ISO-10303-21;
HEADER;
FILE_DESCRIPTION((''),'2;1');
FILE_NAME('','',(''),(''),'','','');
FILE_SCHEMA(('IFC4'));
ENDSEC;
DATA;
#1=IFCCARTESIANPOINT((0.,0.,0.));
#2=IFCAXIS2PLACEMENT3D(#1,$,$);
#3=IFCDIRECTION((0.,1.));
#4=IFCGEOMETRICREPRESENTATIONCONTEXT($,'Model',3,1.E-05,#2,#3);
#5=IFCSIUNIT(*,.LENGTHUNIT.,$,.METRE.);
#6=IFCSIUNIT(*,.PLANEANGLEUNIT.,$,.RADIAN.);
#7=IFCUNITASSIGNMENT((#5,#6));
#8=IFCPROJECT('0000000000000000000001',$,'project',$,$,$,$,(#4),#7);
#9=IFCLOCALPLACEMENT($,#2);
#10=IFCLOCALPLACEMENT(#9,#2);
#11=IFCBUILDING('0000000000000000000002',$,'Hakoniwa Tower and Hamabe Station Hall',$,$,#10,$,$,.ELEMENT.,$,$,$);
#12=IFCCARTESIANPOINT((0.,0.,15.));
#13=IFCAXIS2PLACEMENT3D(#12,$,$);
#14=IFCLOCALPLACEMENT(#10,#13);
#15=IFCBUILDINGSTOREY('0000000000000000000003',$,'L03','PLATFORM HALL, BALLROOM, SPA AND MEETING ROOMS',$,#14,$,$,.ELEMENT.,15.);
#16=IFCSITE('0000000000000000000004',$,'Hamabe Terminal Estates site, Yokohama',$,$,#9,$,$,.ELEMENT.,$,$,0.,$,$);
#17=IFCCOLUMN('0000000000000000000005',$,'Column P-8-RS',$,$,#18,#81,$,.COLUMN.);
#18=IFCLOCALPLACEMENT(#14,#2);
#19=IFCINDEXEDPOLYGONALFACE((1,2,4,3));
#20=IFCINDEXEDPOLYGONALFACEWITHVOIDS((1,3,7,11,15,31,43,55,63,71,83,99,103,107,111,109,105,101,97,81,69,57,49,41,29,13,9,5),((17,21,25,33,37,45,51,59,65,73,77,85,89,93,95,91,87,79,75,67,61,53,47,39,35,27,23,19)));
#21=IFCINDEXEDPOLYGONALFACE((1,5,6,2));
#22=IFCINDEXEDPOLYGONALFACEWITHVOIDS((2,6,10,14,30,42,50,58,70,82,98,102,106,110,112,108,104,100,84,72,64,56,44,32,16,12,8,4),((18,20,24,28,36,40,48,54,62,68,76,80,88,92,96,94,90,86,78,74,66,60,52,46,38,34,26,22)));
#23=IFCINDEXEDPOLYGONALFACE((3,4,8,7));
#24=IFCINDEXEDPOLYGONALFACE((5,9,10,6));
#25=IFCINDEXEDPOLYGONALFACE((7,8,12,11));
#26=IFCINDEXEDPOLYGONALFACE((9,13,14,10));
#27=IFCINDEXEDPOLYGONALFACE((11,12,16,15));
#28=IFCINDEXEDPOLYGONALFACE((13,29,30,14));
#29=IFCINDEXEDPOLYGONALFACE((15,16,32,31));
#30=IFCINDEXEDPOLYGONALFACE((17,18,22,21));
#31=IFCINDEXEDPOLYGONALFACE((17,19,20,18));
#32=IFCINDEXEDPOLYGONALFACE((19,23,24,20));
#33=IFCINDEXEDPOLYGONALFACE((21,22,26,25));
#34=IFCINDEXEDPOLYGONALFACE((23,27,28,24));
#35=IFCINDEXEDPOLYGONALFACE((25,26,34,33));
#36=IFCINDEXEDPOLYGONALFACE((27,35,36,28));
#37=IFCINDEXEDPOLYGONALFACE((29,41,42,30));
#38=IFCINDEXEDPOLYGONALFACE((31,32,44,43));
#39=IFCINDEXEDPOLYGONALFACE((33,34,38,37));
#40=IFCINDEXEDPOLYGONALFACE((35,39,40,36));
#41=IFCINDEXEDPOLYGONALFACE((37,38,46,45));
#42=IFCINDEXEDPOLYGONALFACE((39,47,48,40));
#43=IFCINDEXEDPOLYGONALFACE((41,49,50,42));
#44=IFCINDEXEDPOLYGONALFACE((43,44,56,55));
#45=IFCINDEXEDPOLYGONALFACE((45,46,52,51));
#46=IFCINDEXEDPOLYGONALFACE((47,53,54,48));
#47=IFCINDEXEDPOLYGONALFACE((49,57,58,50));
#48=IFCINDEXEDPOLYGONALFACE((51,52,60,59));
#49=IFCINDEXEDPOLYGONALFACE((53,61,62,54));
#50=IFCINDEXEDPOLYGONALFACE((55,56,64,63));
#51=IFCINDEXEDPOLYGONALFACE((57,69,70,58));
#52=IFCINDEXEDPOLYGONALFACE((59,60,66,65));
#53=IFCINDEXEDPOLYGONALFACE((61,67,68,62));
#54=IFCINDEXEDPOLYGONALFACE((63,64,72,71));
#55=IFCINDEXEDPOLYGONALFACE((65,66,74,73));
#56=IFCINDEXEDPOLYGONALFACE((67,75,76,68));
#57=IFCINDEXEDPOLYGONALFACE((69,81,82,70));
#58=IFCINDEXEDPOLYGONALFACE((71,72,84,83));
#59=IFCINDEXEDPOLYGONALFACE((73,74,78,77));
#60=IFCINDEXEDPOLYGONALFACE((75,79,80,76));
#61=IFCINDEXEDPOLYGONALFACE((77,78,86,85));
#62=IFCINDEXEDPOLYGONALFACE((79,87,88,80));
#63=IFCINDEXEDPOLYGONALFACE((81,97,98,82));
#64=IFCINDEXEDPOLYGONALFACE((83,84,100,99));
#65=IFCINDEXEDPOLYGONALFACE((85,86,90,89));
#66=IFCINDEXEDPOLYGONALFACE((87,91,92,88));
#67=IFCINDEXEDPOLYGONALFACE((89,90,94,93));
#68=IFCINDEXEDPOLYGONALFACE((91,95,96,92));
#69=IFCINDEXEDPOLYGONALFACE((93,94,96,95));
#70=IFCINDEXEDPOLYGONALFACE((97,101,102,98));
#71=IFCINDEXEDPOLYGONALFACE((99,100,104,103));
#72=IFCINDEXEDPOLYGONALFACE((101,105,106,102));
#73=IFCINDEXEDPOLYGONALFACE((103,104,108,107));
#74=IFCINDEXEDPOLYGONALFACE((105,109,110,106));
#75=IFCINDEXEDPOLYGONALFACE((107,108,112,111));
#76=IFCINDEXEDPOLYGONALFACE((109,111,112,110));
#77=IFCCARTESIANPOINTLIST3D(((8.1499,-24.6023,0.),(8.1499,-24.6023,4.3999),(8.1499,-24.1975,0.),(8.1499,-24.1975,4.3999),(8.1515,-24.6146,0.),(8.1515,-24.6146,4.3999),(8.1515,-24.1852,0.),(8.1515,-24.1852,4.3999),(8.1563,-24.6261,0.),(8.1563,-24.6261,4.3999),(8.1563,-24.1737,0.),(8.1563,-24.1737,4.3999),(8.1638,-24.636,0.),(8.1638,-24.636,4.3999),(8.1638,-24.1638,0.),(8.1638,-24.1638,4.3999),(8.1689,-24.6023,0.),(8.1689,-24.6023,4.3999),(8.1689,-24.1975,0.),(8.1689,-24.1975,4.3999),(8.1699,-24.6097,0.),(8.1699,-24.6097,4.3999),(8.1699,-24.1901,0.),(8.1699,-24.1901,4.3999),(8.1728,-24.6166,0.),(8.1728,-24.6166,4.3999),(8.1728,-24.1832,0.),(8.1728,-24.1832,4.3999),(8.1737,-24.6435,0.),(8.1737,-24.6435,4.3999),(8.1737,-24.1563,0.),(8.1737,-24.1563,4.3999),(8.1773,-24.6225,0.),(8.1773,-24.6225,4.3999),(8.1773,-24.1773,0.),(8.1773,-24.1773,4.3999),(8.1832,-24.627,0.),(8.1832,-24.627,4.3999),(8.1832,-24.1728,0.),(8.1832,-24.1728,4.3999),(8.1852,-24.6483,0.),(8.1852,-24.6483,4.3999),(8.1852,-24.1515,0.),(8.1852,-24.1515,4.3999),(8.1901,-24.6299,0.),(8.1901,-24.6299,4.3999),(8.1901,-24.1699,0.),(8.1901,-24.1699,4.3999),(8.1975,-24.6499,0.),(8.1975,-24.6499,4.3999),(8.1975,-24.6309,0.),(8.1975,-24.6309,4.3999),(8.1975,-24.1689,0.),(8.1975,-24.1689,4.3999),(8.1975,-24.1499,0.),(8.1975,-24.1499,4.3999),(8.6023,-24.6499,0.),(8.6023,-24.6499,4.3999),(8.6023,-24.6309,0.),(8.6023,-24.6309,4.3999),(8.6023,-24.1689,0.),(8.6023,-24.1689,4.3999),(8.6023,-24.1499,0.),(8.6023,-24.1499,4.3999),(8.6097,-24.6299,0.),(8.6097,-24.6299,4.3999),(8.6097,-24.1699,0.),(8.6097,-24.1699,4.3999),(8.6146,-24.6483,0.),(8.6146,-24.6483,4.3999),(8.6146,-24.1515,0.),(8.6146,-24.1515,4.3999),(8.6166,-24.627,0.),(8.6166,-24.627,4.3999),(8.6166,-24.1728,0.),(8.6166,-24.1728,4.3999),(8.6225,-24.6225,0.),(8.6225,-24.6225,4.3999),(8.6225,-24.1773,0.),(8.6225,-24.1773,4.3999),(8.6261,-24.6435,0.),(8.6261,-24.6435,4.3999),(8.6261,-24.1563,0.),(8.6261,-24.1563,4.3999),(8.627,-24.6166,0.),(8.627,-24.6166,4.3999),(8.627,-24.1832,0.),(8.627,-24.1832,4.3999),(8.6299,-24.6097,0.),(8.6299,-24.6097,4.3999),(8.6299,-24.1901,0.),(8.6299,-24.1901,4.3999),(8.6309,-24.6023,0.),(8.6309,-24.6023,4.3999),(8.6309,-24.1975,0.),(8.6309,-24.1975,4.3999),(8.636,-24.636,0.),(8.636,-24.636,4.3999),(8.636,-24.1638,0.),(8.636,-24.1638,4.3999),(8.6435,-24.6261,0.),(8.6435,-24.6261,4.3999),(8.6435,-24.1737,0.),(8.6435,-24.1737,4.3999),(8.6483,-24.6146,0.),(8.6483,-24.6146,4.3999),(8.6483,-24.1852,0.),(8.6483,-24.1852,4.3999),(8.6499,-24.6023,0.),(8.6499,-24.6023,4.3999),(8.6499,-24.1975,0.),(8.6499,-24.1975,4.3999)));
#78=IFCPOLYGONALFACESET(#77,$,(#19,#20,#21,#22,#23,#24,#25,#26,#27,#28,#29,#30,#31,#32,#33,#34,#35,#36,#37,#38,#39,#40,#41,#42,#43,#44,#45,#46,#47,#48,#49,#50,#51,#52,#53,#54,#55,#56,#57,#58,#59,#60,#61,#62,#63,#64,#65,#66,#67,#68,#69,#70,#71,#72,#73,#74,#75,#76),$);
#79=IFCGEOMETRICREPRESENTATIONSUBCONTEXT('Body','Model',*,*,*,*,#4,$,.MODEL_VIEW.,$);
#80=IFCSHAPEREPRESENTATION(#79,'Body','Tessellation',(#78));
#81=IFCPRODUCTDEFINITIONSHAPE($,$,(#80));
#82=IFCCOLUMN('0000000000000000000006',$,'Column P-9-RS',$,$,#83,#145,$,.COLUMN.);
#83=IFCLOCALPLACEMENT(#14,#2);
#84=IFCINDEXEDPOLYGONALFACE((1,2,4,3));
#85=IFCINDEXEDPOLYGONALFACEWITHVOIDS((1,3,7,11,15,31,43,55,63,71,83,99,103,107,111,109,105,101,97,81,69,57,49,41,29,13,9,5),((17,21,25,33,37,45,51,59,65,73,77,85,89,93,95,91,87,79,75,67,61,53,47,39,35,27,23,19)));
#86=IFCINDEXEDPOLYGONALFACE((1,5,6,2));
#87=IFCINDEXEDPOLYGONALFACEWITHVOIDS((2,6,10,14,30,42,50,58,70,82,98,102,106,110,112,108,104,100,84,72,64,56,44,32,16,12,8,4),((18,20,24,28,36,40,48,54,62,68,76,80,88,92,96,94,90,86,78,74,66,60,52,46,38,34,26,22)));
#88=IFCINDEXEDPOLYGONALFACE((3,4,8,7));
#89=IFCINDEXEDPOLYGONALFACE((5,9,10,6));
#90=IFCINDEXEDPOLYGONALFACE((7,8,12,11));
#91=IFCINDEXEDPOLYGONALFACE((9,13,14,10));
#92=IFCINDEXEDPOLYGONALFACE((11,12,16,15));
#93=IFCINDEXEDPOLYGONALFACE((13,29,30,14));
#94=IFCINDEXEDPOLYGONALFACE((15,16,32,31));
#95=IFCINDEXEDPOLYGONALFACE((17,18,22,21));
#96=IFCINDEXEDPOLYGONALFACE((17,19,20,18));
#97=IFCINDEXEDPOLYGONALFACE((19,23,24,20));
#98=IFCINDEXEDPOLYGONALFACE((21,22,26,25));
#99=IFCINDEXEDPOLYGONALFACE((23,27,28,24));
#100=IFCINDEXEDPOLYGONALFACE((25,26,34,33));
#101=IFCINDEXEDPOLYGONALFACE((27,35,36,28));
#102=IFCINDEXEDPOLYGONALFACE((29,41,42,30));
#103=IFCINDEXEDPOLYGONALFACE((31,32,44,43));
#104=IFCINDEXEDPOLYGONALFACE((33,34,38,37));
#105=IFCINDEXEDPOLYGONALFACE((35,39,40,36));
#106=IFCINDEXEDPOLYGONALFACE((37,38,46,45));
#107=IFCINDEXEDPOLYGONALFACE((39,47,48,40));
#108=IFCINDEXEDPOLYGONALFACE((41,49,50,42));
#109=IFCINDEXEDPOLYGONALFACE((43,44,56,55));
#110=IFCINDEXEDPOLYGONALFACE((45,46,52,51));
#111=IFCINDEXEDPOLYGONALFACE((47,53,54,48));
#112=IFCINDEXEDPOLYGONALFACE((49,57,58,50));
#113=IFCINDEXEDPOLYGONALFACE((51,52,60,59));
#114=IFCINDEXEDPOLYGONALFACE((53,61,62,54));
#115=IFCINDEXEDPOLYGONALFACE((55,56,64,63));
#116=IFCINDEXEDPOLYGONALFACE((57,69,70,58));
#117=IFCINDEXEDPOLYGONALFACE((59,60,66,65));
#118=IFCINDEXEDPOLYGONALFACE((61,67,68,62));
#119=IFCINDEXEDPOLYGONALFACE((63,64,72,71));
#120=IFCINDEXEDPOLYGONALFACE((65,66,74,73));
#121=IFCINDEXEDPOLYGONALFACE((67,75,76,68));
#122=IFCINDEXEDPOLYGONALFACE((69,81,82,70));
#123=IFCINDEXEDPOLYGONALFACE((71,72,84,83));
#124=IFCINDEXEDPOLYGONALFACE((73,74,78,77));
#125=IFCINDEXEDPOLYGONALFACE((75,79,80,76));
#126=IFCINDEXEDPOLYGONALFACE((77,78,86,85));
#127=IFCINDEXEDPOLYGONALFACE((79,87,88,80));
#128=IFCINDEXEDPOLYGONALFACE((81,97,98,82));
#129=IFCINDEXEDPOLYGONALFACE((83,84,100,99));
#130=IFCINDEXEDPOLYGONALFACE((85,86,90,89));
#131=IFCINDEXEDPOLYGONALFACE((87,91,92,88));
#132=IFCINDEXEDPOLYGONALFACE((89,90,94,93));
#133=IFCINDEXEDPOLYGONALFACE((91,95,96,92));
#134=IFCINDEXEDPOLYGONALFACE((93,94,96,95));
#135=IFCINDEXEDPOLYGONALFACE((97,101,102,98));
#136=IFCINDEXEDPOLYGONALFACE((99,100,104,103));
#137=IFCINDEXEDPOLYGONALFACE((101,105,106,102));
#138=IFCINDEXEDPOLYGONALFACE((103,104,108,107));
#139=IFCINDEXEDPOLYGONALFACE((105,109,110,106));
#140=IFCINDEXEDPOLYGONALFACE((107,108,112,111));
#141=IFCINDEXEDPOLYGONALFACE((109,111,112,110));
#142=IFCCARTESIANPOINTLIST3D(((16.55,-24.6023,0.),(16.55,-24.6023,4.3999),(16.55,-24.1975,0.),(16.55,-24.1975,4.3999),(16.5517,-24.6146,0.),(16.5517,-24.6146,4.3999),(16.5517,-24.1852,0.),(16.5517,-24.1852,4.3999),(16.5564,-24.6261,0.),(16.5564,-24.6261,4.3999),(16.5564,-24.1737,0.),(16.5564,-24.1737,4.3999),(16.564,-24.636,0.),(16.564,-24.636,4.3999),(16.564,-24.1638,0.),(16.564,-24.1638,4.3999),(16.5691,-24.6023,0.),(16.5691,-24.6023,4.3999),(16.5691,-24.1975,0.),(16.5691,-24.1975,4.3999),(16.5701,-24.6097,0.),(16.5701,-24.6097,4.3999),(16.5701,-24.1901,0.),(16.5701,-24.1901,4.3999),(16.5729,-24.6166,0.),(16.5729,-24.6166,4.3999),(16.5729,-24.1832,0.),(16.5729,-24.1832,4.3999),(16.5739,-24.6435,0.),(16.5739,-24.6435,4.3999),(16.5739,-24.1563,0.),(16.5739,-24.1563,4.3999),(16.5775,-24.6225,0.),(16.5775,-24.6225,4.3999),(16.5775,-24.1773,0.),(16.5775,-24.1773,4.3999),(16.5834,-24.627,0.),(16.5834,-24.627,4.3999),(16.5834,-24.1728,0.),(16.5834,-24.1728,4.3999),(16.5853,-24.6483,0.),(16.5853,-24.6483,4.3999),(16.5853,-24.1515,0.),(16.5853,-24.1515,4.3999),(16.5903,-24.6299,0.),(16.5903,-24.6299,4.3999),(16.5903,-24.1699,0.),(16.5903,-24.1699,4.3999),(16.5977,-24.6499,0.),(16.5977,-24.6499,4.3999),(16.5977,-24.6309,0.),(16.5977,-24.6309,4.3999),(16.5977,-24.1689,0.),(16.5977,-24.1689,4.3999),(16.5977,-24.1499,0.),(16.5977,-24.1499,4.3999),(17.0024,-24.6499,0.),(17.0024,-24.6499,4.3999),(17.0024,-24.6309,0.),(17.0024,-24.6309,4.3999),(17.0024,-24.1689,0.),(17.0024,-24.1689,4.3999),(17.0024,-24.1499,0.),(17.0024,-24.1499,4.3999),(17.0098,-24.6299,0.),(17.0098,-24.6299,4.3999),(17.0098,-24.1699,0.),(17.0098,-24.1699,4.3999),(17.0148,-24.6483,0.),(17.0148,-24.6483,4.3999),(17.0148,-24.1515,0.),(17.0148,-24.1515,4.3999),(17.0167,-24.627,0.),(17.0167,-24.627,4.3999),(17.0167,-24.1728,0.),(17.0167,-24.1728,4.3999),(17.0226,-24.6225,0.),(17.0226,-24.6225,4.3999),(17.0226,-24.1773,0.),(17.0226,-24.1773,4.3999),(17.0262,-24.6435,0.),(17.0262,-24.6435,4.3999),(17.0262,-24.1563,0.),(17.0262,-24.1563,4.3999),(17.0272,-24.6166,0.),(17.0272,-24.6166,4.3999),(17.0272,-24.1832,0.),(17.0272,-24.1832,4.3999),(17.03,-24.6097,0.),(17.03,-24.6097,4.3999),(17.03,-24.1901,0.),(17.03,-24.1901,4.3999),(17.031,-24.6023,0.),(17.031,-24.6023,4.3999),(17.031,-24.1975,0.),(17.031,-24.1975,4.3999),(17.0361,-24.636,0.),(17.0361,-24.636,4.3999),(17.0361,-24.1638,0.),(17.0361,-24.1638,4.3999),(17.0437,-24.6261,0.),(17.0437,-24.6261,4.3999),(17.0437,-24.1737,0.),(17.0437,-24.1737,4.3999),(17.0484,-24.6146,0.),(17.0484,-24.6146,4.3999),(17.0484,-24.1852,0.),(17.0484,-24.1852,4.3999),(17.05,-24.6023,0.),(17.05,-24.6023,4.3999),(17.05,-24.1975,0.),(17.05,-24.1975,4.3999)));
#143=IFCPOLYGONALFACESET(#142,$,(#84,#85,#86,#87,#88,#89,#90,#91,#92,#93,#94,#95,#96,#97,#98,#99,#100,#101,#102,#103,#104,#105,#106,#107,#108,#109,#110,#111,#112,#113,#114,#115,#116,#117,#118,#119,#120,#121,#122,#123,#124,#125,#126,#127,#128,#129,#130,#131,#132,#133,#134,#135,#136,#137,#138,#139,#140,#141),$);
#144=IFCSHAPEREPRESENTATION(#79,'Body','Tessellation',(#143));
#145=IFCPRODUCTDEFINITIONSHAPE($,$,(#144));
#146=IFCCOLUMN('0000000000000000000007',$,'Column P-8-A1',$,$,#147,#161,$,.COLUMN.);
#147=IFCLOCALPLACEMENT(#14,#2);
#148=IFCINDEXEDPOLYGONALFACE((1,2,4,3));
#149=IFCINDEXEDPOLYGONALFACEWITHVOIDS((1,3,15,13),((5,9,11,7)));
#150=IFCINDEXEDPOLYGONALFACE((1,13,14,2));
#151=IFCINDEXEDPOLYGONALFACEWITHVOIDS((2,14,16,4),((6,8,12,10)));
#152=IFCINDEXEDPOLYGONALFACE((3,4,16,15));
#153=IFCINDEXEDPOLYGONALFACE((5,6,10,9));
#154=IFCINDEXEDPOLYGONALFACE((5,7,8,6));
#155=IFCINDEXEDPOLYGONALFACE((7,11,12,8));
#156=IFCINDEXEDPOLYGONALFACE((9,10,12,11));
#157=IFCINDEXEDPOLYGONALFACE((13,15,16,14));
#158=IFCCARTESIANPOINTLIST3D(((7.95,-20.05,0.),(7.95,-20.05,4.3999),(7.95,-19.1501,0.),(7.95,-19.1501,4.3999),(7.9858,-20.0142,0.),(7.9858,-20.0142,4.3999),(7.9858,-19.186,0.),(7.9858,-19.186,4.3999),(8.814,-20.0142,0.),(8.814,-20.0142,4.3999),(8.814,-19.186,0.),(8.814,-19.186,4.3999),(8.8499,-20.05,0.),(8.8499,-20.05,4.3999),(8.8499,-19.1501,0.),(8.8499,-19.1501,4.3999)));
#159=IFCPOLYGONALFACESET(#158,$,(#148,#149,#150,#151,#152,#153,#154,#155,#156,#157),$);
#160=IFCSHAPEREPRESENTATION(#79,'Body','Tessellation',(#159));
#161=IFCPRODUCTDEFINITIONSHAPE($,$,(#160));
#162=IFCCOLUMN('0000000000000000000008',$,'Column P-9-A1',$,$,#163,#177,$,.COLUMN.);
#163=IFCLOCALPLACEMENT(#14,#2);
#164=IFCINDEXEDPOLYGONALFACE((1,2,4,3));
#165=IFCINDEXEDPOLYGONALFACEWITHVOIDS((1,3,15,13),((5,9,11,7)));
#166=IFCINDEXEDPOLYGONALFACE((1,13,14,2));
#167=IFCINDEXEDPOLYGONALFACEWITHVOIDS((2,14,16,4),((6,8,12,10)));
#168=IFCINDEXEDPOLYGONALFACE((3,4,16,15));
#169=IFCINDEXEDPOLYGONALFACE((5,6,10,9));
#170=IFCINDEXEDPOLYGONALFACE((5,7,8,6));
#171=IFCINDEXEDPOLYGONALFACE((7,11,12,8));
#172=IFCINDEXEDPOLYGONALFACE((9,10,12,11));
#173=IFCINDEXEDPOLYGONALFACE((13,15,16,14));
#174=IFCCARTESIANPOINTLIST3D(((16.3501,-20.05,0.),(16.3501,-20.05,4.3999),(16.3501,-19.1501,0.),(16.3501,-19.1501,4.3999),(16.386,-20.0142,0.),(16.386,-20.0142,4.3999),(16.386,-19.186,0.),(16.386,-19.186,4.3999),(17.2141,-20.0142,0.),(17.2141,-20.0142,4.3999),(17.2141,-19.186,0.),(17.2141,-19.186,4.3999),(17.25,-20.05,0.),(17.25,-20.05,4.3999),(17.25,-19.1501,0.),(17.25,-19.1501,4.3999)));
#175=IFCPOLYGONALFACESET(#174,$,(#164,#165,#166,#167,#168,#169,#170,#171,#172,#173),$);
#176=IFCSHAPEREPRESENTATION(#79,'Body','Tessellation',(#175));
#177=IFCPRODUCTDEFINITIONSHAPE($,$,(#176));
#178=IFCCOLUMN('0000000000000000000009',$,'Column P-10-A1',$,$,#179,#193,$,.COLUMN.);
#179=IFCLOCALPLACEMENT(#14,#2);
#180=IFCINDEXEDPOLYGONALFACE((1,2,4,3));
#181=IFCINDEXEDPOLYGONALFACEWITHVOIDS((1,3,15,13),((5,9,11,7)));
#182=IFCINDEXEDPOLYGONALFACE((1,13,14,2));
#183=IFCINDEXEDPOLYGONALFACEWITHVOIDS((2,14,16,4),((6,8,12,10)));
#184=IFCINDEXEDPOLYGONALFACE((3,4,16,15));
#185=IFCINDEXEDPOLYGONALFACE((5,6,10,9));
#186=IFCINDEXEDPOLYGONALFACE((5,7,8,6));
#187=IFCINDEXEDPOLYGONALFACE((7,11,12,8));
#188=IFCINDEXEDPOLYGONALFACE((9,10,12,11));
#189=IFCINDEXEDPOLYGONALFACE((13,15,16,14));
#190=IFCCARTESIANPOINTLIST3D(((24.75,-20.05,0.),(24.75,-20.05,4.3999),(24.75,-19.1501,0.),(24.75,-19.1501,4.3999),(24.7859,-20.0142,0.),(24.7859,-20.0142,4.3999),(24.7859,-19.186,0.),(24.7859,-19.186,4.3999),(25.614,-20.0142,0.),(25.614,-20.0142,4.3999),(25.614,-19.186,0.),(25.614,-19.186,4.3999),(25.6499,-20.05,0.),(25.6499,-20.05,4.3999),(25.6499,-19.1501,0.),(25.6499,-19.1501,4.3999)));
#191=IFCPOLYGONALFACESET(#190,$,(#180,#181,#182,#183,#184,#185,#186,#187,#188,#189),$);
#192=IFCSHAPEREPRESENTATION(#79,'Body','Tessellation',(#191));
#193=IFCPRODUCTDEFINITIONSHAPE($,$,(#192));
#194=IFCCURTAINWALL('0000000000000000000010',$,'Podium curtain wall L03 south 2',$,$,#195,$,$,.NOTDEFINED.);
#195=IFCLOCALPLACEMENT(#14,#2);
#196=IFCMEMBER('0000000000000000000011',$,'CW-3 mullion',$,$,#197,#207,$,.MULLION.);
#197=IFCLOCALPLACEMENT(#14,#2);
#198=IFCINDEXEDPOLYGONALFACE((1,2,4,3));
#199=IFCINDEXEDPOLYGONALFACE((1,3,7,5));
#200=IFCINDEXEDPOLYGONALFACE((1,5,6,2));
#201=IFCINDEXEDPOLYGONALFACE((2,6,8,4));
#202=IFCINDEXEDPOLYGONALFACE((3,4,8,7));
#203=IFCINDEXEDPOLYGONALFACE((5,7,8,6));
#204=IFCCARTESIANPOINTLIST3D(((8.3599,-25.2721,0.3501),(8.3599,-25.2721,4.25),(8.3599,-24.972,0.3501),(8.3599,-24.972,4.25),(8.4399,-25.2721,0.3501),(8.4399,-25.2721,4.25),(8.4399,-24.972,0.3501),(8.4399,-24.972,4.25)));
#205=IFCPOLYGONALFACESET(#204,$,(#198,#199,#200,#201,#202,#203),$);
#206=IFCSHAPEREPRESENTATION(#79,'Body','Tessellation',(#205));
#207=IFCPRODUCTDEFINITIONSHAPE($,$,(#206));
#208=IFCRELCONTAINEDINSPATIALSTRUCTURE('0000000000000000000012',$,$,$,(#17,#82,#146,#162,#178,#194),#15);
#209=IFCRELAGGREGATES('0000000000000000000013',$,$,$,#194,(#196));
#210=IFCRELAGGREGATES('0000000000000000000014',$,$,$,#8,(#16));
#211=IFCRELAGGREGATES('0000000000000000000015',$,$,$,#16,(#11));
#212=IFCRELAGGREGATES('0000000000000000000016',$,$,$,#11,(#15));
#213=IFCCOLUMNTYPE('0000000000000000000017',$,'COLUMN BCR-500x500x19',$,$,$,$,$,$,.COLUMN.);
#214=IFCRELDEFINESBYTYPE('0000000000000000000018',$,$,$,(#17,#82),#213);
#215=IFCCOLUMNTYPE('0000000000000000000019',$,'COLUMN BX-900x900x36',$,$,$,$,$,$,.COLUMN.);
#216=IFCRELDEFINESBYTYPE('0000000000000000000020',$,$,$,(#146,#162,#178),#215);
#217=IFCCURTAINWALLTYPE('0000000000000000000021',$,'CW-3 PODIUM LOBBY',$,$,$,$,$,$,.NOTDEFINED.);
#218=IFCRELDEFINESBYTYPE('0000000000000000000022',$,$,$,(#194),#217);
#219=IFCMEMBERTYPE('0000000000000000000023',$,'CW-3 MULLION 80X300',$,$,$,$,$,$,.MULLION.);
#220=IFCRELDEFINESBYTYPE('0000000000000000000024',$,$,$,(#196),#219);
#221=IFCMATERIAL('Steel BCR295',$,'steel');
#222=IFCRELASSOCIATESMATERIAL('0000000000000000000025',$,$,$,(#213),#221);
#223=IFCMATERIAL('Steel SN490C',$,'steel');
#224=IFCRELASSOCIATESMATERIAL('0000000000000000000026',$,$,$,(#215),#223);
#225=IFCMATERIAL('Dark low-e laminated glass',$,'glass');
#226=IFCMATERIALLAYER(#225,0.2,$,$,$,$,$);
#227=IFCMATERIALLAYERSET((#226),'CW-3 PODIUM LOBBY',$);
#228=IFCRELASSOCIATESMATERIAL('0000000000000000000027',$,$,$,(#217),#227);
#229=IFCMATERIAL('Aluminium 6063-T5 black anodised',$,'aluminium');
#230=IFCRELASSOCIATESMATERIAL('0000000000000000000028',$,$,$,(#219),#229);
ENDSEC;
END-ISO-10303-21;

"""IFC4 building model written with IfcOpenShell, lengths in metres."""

from ifc_helpers import new_model, si_unit, direction, frame, origin, origin_2d, place, context, subcontext, project, spatial, rectangle, hollow_rectangle, extrude, material, layer, layer_set, material_profile, profile_set, type_object, element, aggregate, save


model = new_model("IFC4")

# Units and contexts
model_context = context("Model", 3, precision=1e-05, world=origin(), true_north=direction((0.0, 1.0)))
body_context = subcontext(model_context, "Body", "Model", "MODEL_VIEW")
ifc_project = project(units=[si_unit("LENGTHUNIT", "METRE"), si_unit("PLANEANGLEUNIT", "RADIAN")], contexts=[model_context])

# Site, building, storey
site_placement = place(None, origin())
site = spatial("IfcSite", under=ifc_project, at=site_placement, Name="Hamabe Terminal Estates site, Yokohama", CompositionType="ELEMENT", RefElevation=0.0)
building_placement = place(site_placement, origin())
building = spatial("IfcBuilding", under=site, at=building_placement, Name="Hakoniwa Tower and Hamabe Station Hall", CompositionType="ELEMENT")
storey_placement = place(building_placement, frame((0.0, 0.0, 15.0)))
storey = spatial("IfcBuildingStorey", under=building, at=storey_placement, Name="L03", Description="PLATFORM HALL, BALLROOM, SPA AND MEETING ROOMS", CompositionType="ELEMENT", Elevation=15.0)

# Columns
ifc_material_1 = material(Name="Steel BCR295", Category="steel")
ifc_material_profile_1 = material_profile(ifc_material_1, hollow_rectangle(XDim=0.5, YDim=0.5, WallThickness=0.019, InnerFilletRadius=0.0286, OuterFilletRadius=0.0476, at=origin_2d()), Name="BCR-500x500x19")
ifc_profile_set_1 = profile_set([ifc_material_profile_1], Name="Steel BCR295")
column_type_1 = type_object("IfcColumnType", Name="COLUMN BCR-500x500x19", PredefinedType="COLUMN", material=ifc_profile_set_1)
for number, where, z_axis, x_axis, name in (
    (1, (8.3999, -24.3999, 0.0), (0.0, 0.0, 1.0), (1.0, 0.0, 0.0), "Column P-8-RS"),
    (2, (16.8, -24.3999, 0.0), (0.0, 0.0, 1.0), (1.0, 0.0, 0.0), "Column P-9-RS"),
):
    element("IfcColumn", number, at=place(storey_placement, frame(where, z_axis=z_axis, x_axis=x_axis)), inside=storey, type_object=column_type_1, Name=name, PredefinedType="COLUMN", context=body_context, shape_type="SweptSolid", body=[
        extrude(hollow_rectangle(XDim=0.5, YDim=0.5, WallThickness=0.019, InnerFilletRadius=0.0286, OuterFilletRadius=0.0476, at=origin_2d()), origin(), (0.0, 0.0, 1.0), 4.3999),
    ])
ifc_material_2 = material(Name="Steel SN490C", Category="steel")
ifc_material_profile_2 = material_profile(ifc_material_2, hollow_rectangle(XDim=0.8999, YDim=0.8999, WallThickness=0.0359, at=origin_2d()), Name="BX-900x900x36")
ifc_profile_set_2 = profile_set([ifc_material_profile_2], Name="Steel SN490C")
column_type_2 = type_object("IfcColumnType", Name="COLUMN BX-900x900x36", PredefinedType="COLUMN", material=ifc_profile_set_2)
for number, where, z_axis, x_axis, name in (
    (3, (8.3999, -19.6001, 0.0), (0.0, 0.0, 1.0), (1.0, 0.0, 0.0), "Column P-8-A1"),
    (4, (16.8, -19.6001, 0.0), (0.0, 0.0, 1.0), (1.0, 0.0, 0.0), "Column P-9-A1"),
    (5, (25.2, -19.6001, 0.0), (0.0, 0.0, 1.0), (1.0, 0.0, 0.0), "Column P-10-A1"),
):
    element("IfcColumn", number, at=place(storey_placement, frame(where, z_axis=z_axis, x_axis=x_axis)), inside=storey, type_object=column_type_2, Name=name, PredefinedType="COLUMN", context=body_context, shape_type="SweptSolid", body=[
        extrude(hollow_rectangle(XDim=0.8999, YDim=0.8999, WallThickness=0.0359, at=origin_2d()), origin(), (0.0, 0.0, 1.0), 4.3999),
    ])

# Curtain wall, member
ifc_material_3 = material(Name="Dark low-e laminated glass", Category="glass")
ifc_layer_1 = layer(ifc_material_3, 0.2)
ifc_layer_set_1 = layer_set([ifc_layer_1], Name="CW-3 PODIUM LOBBY")
curtain_wall_type = type_object("IfcCurtainWallType", Name="CW-3 PODIUM LOBBY", PredefinedType="NOTDEFINED", material=ifc_layer_set_1)
curtain_wall_placement = place(storey_placement, origin())
curtain_wall = element("IfcCurtainWall", 6, at=curtain_wall_placement, inside=storey, type_object=curtain_wall_type, Name="Podium curtain wall L03 south 2", PredefinedType="NOTDEFINED")
ifc_material_4 = material(Name="Aluminium 6063-T5 black anodised", Category="aluminium")
ifc_material_profile_3 = material_profile(ifc_material_4, rectangle(XDim=0.0801, YDim=0.3, at=origin_2d()), Name="CW-3 MULLION 80X300")
ifc_profile_set_3 = profile_set([ifc_material_profile_3], Name="Aluminium 6063-T5 black anodised")
member_type = type_object("IfcMemberType", Name="CW-3 MULLION 80X300", PredefinedType="MULLION", material=ifc_profile_set_3)
member_1_placement = place(storey_placement, frame((8.3999, -25.1221, 0.3501), z_axis=(0.0, 0.0, 1.0), x_axis=(1.0, 0.0, 0.0)))
member_1 = element("IfcMember", 7, at=member_1_placement, type_object=member_type, Name="CW-3 mullion", PredefinedType="MULLION", context=body_context, shape_type="SweptSolid", body=[
    extrude(rectangle(XDim=0.0801, YDim=0.3, at=origin_2d()), origin(), (0.0, 0.0, 1.0), 3.8999),
])
aggregate(curtain_wall, [member_1])

save(model, "model.ifc")
